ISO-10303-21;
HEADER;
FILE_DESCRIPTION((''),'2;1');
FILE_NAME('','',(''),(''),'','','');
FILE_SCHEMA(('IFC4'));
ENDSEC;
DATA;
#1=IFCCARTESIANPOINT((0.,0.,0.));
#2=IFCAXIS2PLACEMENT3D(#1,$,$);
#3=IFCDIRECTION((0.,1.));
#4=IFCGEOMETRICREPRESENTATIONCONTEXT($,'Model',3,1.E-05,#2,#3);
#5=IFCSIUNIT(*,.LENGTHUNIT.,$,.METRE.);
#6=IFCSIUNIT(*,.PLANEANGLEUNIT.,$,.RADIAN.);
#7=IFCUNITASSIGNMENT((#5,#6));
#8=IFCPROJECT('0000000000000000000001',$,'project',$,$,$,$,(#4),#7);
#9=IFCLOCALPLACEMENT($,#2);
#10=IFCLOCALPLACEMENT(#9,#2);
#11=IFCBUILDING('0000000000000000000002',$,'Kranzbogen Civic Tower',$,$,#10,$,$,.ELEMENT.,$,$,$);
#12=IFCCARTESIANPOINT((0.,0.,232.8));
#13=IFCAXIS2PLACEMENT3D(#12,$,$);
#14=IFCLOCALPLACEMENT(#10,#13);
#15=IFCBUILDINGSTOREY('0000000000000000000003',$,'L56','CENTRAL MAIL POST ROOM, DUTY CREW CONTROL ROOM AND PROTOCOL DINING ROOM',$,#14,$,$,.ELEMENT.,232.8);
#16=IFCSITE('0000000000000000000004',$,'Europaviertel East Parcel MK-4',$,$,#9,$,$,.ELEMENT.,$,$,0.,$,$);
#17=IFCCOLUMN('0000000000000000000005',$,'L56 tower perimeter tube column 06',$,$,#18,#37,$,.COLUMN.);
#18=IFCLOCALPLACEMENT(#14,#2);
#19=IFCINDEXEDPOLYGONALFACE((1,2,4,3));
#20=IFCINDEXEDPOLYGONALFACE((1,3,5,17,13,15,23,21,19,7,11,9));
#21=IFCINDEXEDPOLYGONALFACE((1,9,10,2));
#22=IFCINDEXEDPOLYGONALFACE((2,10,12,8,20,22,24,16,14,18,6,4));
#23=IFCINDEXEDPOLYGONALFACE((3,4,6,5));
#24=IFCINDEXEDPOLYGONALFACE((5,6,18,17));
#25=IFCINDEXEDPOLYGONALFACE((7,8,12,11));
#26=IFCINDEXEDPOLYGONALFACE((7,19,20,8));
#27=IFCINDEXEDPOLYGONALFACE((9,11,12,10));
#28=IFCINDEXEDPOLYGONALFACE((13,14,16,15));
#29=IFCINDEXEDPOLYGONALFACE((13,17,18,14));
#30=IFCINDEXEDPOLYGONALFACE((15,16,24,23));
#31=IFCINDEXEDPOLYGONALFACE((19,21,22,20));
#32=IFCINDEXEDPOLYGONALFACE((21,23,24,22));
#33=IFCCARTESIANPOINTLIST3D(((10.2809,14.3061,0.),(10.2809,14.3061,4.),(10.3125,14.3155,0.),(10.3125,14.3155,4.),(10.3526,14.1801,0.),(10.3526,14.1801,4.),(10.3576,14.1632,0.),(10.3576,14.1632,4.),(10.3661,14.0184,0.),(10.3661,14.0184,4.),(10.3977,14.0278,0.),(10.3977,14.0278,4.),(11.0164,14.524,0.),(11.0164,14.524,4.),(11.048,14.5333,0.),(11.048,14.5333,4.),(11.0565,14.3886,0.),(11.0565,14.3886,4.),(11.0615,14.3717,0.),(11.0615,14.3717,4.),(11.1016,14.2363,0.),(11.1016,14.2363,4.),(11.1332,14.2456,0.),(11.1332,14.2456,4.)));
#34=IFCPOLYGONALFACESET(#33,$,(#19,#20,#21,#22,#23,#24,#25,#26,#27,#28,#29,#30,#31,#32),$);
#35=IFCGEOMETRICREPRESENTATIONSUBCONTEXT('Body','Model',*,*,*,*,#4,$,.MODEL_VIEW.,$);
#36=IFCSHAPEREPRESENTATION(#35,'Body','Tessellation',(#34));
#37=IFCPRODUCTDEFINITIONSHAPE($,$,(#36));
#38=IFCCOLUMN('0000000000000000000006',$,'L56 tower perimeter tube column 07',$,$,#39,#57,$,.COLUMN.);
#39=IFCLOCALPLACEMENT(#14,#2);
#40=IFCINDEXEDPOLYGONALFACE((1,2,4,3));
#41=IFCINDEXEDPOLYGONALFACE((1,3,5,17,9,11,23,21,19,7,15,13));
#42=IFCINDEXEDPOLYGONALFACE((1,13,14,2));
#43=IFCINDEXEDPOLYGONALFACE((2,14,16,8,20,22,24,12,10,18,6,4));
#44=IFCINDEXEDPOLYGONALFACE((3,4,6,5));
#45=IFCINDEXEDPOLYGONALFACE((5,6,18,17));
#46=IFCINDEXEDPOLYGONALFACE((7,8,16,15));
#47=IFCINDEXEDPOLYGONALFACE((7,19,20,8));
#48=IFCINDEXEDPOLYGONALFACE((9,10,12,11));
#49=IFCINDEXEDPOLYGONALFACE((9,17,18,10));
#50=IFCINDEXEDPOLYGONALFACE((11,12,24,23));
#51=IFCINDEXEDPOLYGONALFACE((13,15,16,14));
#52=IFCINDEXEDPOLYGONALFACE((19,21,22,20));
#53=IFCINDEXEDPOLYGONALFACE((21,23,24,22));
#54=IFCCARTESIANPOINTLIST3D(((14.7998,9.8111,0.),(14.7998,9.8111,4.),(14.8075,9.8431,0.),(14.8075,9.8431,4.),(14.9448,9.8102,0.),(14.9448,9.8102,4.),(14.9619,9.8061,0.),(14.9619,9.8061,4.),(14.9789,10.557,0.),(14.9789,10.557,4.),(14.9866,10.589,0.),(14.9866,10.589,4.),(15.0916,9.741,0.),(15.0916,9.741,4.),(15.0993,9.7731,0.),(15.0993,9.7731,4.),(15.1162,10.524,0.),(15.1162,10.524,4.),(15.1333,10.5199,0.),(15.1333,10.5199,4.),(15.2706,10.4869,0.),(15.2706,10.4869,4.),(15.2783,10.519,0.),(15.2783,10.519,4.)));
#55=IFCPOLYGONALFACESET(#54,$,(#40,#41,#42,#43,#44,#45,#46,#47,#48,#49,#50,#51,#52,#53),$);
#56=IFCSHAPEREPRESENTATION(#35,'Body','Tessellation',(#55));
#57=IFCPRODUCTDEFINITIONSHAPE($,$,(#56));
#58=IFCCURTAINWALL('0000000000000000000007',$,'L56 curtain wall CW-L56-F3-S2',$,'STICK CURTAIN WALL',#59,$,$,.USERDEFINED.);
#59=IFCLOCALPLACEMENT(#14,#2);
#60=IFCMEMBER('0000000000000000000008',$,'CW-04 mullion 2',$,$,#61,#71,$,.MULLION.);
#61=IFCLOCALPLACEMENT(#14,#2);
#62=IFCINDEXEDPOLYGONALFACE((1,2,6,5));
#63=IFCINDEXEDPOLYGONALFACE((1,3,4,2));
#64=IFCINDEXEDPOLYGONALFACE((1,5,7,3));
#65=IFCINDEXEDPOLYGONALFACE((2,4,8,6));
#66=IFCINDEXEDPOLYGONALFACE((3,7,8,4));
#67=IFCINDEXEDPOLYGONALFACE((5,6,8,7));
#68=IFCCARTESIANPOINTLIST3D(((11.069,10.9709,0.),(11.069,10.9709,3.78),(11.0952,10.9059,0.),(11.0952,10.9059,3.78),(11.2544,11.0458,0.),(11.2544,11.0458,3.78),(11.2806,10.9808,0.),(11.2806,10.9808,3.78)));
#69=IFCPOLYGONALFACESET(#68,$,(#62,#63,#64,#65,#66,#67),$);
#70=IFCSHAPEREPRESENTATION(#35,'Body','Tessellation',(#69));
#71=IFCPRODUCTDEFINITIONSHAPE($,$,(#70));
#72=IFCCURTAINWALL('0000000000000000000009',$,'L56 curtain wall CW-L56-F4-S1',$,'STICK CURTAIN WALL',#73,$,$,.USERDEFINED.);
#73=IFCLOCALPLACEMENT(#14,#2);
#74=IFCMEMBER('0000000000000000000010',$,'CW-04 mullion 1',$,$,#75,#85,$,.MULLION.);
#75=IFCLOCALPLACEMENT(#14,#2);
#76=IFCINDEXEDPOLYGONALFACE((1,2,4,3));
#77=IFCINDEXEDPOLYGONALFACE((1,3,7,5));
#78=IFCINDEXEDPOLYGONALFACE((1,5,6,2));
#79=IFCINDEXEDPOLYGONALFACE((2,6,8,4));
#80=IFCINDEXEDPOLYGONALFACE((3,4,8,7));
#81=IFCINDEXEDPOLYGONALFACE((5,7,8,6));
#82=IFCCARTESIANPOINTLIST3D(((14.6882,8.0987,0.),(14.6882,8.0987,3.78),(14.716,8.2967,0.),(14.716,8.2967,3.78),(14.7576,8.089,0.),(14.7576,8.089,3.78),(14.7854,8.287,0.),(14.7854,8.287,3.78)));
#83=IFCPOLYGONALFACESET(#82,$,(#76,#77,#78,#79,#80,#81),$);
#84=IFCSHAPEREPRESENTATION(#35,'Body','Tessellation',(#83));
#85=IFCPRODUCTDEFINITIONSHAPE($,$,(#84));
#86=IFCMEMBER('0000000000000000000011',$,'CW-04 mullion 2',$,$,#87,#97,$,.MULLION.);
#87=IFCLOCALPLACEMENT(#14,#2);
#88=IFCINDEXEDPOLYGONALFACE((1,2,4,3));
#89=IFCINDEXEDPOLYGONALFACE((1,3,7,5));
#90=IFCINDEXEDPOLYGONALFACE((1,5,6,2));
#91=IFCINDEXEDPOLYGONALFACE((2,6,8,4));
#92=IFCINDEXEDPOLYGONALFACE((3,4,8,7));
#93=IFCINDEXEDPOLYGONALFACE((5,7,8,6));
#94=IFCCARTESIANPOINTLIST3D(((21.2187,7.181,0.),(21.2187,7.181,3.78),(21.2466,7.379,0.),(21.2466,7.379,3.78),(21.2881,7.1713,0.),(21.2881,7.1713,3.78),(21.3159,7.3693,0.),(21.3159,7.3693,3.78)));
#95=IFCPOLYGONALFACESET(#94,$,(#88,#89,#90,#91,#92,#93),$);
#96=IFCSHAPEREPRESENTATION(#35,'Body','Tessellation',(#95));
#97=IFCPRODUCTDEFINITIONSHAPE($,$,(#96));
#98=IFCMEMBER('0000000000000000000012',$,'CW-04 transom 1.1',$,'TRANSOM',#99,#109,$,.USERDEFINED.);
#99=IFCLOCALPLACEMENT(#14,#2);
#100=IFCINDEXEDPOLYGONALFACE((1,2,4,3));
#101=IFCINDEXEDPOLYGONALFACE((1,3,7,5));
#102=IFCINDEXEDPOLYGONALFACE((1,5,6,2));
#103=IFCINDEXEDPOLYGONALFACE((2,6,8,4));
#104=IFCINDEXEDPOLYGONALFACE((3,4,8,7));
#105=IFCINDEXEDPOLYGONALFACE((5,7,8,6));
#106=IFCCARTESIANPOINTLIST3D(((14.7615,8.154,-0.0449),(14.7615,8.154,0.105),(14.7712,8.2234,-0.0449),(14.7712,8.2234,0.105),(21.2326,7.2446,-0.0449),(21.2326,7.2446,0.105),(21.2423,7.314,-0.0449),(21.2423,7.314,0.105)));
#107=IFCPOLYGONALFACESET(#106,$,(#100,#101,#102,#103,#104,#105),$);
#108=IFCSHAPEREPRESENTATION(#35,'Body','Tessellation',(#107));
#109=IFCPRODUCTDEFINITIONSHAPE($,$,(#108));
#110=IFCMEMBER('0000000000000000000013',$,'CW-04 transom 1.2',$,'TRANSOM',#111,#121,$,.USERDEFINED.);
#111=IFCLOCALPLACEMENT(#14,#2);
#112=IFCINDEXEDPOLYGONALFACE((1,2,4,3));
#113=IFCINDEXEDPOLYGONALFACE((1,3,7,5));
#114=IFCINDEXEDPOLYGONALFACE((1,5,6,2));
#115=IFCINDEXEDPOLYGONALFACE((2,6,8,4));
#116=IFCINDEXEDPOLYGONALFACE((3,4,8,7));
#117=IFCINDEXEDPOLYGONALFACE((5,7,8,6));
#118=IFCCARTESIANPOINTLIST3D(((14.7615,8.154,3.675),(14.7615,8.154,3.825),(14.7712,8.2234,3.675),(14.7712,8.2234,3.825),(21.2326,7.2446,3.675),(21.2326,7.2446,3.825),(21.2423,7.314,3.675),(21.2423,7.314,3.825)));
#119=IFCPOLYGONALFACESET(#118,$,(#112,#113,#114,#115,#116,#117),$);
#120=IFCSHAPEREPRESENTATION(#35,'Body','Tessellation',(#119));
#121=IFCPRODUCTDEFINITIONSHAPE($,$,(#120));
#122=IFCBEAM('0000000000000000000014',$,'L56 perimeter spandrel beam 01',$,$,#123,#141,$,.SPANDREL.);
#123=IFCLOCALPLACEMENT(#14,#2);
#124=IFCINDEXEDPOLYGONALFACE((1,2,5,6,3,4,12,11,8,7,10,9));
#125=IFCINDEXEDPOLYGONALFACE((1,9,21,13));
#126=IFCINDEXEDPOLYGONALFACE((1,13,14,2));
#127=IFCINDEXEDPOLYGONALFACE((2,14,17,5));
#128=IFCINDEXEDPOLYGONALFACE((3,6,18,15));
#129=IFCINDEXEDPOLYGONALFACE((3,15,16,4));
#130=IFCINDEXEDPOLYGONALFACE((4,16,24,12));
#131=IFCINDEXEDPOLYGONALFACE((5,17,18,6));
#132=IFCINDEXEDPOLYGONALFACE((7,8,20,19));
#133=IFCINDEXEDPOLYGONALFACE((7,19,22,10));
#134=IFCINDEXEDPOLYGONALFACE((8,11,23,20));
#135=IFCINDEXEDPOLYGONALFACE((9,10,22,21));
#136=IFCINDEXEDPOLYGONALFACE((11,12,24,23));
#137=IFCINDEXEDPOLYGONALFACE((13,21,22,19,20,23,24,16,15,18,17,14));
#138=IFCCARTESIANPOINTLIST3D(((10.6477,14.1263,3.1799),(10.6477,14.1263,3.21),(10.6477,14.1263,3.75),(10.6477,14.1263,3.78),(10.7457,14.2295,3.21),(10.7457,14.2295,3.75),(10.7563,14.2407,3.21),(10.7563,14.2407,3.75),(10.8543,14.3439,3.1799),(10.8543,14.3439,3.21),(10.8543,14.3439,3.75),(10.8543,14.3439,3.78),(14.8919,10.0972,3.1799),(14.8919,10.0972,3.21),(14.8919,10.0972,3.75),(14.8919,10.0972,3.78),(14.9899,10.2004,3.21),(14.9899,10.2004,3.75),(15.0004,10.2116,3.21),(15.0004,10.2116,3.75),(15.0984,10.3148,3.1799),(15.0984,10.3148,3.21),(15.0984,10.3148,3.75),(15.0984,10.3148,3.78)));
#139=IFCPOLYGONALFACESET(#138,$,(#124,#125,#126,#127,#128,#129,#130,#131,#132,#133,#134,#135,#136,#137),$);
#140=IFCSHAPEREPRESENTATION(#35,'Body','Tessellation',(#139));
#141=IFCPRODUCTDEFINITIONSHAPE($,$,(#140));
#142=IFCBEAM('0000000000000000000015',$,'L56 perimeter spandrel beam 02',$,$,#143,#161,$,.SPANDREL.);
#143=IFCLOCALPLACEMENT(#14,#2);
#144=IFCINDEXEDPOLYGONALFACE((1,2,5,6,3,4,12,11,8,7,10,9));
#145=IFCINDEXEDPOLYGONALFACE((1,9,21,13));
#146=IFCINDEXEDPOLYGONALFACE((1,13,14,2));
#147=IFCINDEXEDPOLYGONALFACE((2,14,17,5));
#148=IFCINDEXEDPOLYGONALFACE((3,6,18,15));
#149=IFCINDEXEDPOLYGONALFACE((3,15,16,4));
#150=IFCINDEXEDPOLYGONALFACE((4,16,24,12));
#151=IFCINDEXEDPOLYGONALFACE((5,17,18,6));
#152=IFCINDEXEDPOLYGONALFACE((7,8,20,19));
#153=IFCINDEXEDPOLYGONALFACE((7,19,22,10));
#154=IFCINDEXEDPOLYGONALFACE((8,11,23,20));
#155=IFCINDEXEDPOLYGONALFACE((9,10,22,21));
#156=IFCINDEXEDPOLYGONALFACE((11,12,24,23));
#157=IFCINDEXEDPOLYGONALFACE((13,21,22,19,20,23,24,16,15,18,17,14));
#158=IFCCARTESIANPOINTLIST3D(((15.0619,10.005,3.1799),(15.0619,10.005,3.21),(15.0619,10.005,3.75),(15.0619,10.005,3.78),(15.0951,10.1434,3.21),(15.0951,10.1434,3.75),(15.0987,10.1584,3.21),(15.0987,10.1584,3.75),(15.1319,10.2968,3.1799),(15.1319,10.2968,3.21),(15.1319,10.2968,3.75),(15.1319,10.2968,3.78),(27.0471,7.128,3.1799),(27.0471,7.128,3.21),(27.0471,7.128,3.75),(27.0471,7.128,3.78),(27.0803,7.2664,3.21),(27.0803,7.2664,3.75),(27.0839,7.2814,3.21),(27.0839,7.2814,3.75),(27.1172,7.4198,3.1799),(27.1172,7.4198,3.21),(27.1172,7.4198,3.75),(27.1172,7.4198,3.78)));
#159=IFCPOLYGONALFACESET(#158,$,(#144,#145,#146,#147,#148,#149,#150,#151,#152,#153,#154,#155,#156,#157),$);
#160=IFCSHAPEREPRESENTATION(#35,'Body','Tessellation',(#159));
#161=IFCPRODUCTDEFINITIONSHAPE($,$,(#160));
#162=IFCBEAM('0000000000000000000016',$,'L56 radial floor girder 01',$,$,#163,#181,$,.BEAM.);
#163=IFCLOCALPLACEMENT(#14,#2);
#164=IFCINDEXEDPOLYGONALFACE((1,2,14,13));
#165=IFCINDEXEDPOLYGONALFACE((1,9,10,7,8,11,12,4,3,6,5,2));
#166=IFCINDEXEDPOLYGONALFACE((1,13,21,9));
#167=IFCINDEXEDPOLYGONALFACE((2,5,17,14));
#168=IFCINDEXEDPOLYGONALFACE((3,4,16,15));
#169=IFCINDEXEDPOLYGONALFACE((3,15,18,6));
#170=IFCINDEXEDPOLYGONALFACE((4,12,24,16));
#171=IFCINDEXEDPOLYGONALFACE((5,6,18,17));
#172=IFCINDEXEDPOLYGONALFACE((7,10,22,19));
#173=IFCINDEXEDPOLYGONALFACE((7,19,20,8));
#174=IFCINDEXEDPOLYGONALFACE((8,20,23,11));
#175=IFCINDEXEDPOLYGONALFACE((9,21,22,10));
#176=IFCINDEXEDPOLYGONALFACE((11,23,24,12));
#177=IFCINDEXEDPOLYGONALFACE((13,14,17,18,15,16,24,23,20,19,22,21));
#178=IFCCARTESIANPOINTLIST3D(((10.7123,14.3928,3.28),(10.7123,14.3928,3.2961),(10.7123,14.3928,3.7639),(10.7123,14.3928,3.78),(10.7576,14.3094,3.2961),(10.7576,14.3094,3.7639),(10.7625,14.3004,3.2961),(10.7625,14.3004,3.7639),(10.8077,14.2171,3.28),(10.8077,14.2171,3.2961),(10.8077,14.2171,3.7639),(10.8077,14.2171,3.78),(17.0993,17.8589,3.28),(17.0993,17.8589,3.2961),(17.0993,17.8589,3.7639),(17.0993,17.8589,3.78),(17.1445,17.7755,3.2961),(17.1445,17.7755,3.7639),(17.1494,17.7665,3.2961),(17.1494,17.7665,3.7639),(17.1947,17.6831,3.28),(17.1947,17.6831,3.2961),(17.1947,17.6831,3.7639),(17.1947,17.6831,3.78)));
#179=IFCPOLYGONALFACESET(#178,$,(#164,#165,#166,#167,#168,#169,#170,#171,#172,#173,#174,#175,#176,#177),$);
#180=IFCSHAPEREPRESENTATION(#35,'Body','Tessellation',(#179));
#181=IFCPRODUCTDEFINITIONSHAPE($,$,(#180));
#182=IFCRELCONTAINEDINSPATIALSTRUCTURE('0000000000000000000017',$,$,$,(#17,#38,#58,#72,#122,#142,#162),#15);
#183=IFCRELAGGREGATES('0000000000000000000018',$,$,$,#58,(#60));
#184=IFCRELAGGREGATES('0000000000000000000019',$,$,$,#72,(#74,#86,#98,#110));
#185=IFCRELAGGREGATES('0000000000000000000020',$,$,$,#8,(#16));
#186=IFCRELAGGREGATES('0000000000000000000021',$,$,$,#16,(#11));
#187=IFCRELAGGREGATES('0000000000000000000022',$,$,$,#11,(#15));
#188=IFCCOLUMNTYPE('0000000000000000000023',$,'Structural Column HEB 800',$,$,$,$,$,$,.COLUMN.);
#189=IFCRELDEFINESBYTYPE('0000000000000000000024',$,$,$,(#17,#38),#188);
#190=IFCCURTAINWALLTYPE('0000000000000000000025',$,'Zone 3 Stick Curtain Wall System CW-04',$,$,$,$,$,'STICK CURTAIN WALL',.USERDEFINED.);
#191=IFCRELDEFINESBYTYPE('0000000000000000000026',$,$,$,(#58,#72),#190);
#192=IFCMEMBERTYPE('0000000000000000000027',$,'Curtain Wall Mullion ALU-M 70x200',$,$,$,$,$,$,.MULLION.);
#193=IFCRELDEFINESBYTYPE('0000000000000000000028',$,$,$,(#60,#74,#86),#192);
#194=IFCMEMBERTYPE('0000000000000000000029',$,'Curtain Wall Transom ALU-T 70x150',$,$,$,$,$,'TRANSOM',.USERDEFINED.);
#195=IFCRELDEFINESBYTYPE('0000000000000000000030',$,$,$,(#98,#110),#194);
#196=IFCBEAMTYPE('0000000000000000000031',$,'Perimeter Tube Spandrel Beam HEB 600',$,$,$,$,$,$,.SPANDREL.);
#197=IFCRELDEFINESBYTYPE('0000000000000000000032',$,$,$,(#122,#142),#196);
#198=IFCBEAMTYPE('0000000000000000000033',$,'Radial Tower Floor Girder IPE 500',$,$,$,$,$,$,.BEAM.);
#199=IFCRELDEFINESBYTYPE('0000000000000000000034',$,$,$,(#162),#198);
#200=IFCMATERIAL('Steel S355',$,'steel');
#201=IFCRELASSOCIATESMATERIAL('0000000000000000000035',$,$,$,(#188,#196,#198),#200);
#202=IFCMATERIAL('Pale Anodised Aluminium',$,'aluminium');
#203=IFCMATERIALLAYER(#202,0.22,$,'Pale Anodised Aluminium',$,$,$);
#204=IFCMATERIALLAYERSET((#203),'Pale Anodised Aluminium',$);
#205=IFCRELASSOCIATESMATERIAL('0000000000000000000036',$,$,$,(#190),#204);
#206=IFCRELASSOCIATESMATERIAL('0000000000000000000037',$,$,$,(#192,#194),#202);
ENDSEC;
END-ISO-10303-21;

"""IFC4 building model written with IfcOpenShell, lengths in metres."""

from ifc_helpers import new_model, si_unit, direction, frame, origin, origin_2d, place, context, subcontext, project, spatial, rectangle, i_section, extrude, material, layer, layer_set, material_profile, profile_set, type_object, element, aggregate, save


model = new_model("IFC4")

# Units and contexts
model_context = context("Model", 3, precision=1e-05, world=origin(), true_north=direction((0.0, 1.0)))
body_context = subcontext(model_context, "Body", "Model", "MODEL_VIEW")
ifc_project = project(units=[si_unit("LENGTHUNIT", "METRE"), si_unit("PLANEANGLEUNIT", "RADIAN")], contexts=[model_context])

# Site, building, storey
site_placement = place(None, origin())
site = spatial("IfcSite", under=ifc_project, at=site_placement, Name="Europaviertel East Parcel MK-4", CompositionType="ELEMENT", RefElevation=0.0)
building_placement = place(site_placement, origin())
building = spatial("IfcBuilding", under=site, at=building_placement, Name="Kranzbogen Civic Tower", CompositionType="ELEMENT")
storey_placement = place(building_placement, frame((0.0, 0.0, 232.8)))
storey = spatial("IfcBuildingStorey", under=building, at=storey_placement, Name="L56", Description="CENTRAL MAIL POST ROOM, DUTY CREW CONTROL ROOM AND PROTOCOL DINING ROOM", CompositionType="ELEMENT", Elevation=232.8)

# Columns
ifc_material_1 = material(Name="Steel S355", Category="steel")
ifc_material_profile_1 = material_profile(ifc_material_1, i_section(OverallWidth=0.3, OverallDepth=0.8, WebThickness=0.0176, FlangeThickness=0.033, at=origin_2d()), Name="HEB 800")
ifc_profile_set_1 = profile_set([ifc_material_profile_1], Name="Steel S355")
column_type = type_object("IfcColumnType", Name="Structural Column HEB 800", PredefinedType="COLUMN", material=ifc_profile_set_1)
for number, where, z_axis, x_axis, name in (
    (1, (10.707, 14.2759, 0.0), (0.0, 0.0, 1.0), (-0.284015, 0.95882, 0.0), "L56 tower perimeter tube column 06"),
    (2, (15.0391, 10.165, 0.0), (0.0, 0.0, 1.0), (-0.97237, 0.233445, 0.0), "L56 tower perimeter tube column 07"),
):
    element("IfcColumn", number, at=place(storey_placement, frame(where, z_axis=z_axis, x_axis=x_axis)), inside=storey, type_object=column_type, Name=name, PredefinedType="COLUMN", context=body_context, shape_type="SweptSolid", body=[
        extrude(i_section(OverallWidth=0.3, OverallDepth=0.8, WebThickness=0.0176, FlangeThickness=0.033, at=origin_2d()), origin(), (0.0, 0.0, 1.0), 4.0),
    ])

# Curtain wall, member
ifc_material_2 = material(Name="Pale Anodised Aluminium", Category="aluminium")
ifc_layer_1 = layer(ifc_material_2, 0.22, Name="Pale Anodised Aluminium")
ifc_layer_set_1 = layer_set([ifc_layer_1], Name="Pale Anodised Aluminium")
curtain_wall_type = type_object("IfcCurtainWallType", Name="Zone 3 Stick Curtain Wall System CW-04", ElementType="STICK CURTAIN WALL", PredefinedType="USERDEFINED", material=ifc_layer_set_1)
curtain_wall_1_placement = place(storey_placement, origin())
curtain_wall_1 = element("IfcCurtainWall", 3, at=curtain_wall_1_placement, inside=storey, type_object=curtain_wall_type, Name="L56 curtain wall CW-L56-F3-S2", ObjectType="STICK CURTAIN WALL", PredefinedType="USERDEFINED")
ifc_material_profile_2 = material_profile(ifc_material_2, rectangle(XDim=0.0701, YDim=0.2, at=origin_2d()), Name="ALU-M 70x200")
ifc_profile_set_2 = profile_set([ifc_material_profile_2], Name="Pale Anodised Aluminium")
member_type_1 = type_object("IfcMemberType", Name="Curtain Wall Mullion ALU-M 70x200", PredefinedType="MULLION", material=ifc_profile_set_2)
member_1_placement = place(storey_placement, frame((11.1748, 10.9758, 0.0), z_axis=(0.0, 0.0, 1.0), x_axis=(0.374679, -0.927155, 0.0)))
member_1 = element("IfcMember", 4, at=member_1_placement, type_object=member_type_1, Name="CW-04 mullion 2", PredefinedType="MULLION", context=body_context, shape_type="SweptSolid", body=[
    extrude(rectangle(XDim=0.0701, YDim=0.2, at=origin_2d()), origin(), (0.0, 0.0, 1.0), 3.78),
])

# Curtain wall, members
curtain_wall_2_placement = place(storey_placement, origin())
curtain_wall_2 = element("IfcCurtainWall", 5, at=curtain_wall_2_placement, inside=storey, type_object=curtain_wall_type, Name="L56 curtain wall CW-L56-F4-S1", ObjectType="STICK CURTAIN WALL", PredefinedType="USERDEFINED")
member_2_placement = place(storey_placement, frame((14.7368, 8.1929, 0.0), z_axis=(0.0, 0.0, 1.0), x_axis=(0.990271, -0.139149, 0.0)))
member_2 = element("IfcMember", 6, at=member_2_placement, type_object=member_type_1, Name="CW-04 mullion 1", PredefinedType="MULLION", context=body_context, shape_type="SweptSolid", body=[
    extrude(rectangle(XDim=0.0701, YDim=0.2, at=origin_2d()), origin(), (0.0, 0.0, 1.0), 3.78),
])
member_3_placement = place(storey_placement, frame((21.2673, 7.2751, 0.0), z_axis=(0.0, 0.0, 1.0), x_axis=(0.990271, -0.139149, 0.0)))
member_3 = element("IfcMember", 7, at=member_3_placement, type_object=member_type_1, Name="CW-04 mullion 2", PredefinedType="MULLION", context=body_context, shape_type="SweptSolid", body=[
    extrude(rectangle(XDim=0.0701, YDim=0.2, at=origin_2d()), origin(), (0.0, 0.0, 1.0), 3.78),
])
ifc_material_profile_3 = material_profile(ifc_material_2, rectangle(XDim=0.0701, YDim=0.1499, at=origin_2d()), Name="ALU-T 70x150")
ifc_profile_set_3 = profile_set([ifc_material_profile_3], Name="Pale Anodised Aluminium")
member_type_2 = type_object("IfcMemberType", Name="Curtain Wall Transom ALU-T 70x150", ElementType="TRANSOM", PredefinedType="USERDEFINED", material=ifc_profile_set_3)
member_4_placement = place(storey_placement, frame((14.7664, 8.1887, 0.03), z_axis=(0.990269, -0.139167, 0.0), x_axis=(0.139167, 0.990269, 0.0)))
member_4 = element("IfcMember", 8, at=member_4_placement, type_object=member_type_2, Name="CW-04 transom 1.1", ObjectType="TRANSOM", PredefinedType="USERDEFINED", context=body_context, shape_type="SweptSolid", body=[
    extrude(rectangle(XDim=0.0701, YDim=0.1499, at=origin_2d()), origin(), (0.0, 0.0, 1.0), 6.5347),
])
member_5_placement = place(storey_placement, frame((14.7664, 8.1887, 3.75), z_axis=(0.990269, -0.139167, 0.0), x_axis=(0.139167, 0.990269, 0.0)))
member_5 = element("IfcMember", 9, at=member_5_placement, type_object=member_type_2, Name="CW-04 transom 1.2", ObjectType="TRANSOM", PredefinedType="USERDEFINED", context=body_context, shape_type="SweptSolid", body=[
    extrude(rectangle(XDim=0.0701, YDim=0.1499, at=origin_2d()), origin(), (0.0, 0.0, 1.0), 6.5347),
])

# Beams
ifc_material_profile_4 = material_profile(ifc_material_1, i_section(OverallWidth=0.3, OverallDepth=0.6001, WebThickness=0.0154, FlangeThickness=0.03, at=origin_2d()), Name="HEB 600")
ifc_profile_set_4 = profile_set([ifc_material_profile_4], Name="Steel S355")
beam_type_1 = type_object("IfcBeamType", Name="Perimeter Tube Spandrel Beam HEB 600", PredefinedType="SPANDREL", material=ifc_profile_set_4)
beam_1_placement = place(storey_placement, frame((10.751, 14.2351, 3.48), z_axis=(0.725245, -0.688491, 0.0), x_axis=(0.688491, 0.725245, 0.0)))
element("IfcBeam", 10, at=beam_1_placement, inside=storey, type_object=beam_type_1, Name="L56 perimeter spandrel beam 01", PredefinedType="SPANDREL", context=body_context, shape_type="SweptSolid", body=[
    extrude(i_section(OverallWidth=0.3, OverallDepth=0.6001, WebThickness=0.0154, FlangeThickness=0.03, at=origin_2d()), origin(), (0.0, 0.0, 1.0), 5.8521),
])
beam_2_placement = place(storey_placement, frame((15.0969, 10.1509, 3.48), z_axis=(0.972378, -0.233413, 0.0), x_axis=(0.233413, 0.972378, 0.0)))
element("IfcBeam", 11, at=beam_2_placement, inside=storey, type_object=beam_type_1, Name="L56 perimeter spandrel beam 02", PredefinedType="SPANDREL", context=body_context, shape_type="SweptSolid", body=[
    extrude(i_section(OverallWidth=0.3, OverallDepth=0.6001, WebThickness=0.0154, FlangeThickness=0.03, at=origin_2d()), origin(), (0.0, 0.0, 1.0), 12.3257),
])
ifc_material_profile_5 = material_profile(ifc_material_1, i_section(OverallWidth=0.2, OverallDepth=0.5, WebThickness=0.0103, FlangeThickness=0.0161, at=origin_2d()), Name="IPE 500")
ifc_profile_set_5 = profile_set([ifc_material_profile_5], Name="Steel S355")
beam_type_2 = type_object("IfcBeamType", Name="Radial Tower Floor Girder IPE 500", PredefinedType="BEAM", material=ifc_profile_set_5)
beam_3_placement = place(storey_placement, frame((10.76, 14.3049, 3.53), z_axis=(0.878919, 0.47697, 0.0), x_axis=(-0.47697, 0.878919, 0.0)))
element("IfcBeam", 12, at=beam_3_placement, inside=storey, type_object=beam_type_2, Name="L56 radial floor girder 01", PredefinedType="BEAM", context=body_context, shape_type="SweptSolid", body=[
    extrude(i_section(OverallWidth=0.2, OverallDepth=0.5, WebThickness=0.0103, FlangeThickness=0.0161, at=origin_2d()), origin(), (0.0, 0.0, 1.0), 7.2668),
])

aggregate(curtain_wall_1, [member_1])
aggregate(curtain_wall_2, [member_2, member_3, member_4, member_5])

save(model, "model.ifc")
